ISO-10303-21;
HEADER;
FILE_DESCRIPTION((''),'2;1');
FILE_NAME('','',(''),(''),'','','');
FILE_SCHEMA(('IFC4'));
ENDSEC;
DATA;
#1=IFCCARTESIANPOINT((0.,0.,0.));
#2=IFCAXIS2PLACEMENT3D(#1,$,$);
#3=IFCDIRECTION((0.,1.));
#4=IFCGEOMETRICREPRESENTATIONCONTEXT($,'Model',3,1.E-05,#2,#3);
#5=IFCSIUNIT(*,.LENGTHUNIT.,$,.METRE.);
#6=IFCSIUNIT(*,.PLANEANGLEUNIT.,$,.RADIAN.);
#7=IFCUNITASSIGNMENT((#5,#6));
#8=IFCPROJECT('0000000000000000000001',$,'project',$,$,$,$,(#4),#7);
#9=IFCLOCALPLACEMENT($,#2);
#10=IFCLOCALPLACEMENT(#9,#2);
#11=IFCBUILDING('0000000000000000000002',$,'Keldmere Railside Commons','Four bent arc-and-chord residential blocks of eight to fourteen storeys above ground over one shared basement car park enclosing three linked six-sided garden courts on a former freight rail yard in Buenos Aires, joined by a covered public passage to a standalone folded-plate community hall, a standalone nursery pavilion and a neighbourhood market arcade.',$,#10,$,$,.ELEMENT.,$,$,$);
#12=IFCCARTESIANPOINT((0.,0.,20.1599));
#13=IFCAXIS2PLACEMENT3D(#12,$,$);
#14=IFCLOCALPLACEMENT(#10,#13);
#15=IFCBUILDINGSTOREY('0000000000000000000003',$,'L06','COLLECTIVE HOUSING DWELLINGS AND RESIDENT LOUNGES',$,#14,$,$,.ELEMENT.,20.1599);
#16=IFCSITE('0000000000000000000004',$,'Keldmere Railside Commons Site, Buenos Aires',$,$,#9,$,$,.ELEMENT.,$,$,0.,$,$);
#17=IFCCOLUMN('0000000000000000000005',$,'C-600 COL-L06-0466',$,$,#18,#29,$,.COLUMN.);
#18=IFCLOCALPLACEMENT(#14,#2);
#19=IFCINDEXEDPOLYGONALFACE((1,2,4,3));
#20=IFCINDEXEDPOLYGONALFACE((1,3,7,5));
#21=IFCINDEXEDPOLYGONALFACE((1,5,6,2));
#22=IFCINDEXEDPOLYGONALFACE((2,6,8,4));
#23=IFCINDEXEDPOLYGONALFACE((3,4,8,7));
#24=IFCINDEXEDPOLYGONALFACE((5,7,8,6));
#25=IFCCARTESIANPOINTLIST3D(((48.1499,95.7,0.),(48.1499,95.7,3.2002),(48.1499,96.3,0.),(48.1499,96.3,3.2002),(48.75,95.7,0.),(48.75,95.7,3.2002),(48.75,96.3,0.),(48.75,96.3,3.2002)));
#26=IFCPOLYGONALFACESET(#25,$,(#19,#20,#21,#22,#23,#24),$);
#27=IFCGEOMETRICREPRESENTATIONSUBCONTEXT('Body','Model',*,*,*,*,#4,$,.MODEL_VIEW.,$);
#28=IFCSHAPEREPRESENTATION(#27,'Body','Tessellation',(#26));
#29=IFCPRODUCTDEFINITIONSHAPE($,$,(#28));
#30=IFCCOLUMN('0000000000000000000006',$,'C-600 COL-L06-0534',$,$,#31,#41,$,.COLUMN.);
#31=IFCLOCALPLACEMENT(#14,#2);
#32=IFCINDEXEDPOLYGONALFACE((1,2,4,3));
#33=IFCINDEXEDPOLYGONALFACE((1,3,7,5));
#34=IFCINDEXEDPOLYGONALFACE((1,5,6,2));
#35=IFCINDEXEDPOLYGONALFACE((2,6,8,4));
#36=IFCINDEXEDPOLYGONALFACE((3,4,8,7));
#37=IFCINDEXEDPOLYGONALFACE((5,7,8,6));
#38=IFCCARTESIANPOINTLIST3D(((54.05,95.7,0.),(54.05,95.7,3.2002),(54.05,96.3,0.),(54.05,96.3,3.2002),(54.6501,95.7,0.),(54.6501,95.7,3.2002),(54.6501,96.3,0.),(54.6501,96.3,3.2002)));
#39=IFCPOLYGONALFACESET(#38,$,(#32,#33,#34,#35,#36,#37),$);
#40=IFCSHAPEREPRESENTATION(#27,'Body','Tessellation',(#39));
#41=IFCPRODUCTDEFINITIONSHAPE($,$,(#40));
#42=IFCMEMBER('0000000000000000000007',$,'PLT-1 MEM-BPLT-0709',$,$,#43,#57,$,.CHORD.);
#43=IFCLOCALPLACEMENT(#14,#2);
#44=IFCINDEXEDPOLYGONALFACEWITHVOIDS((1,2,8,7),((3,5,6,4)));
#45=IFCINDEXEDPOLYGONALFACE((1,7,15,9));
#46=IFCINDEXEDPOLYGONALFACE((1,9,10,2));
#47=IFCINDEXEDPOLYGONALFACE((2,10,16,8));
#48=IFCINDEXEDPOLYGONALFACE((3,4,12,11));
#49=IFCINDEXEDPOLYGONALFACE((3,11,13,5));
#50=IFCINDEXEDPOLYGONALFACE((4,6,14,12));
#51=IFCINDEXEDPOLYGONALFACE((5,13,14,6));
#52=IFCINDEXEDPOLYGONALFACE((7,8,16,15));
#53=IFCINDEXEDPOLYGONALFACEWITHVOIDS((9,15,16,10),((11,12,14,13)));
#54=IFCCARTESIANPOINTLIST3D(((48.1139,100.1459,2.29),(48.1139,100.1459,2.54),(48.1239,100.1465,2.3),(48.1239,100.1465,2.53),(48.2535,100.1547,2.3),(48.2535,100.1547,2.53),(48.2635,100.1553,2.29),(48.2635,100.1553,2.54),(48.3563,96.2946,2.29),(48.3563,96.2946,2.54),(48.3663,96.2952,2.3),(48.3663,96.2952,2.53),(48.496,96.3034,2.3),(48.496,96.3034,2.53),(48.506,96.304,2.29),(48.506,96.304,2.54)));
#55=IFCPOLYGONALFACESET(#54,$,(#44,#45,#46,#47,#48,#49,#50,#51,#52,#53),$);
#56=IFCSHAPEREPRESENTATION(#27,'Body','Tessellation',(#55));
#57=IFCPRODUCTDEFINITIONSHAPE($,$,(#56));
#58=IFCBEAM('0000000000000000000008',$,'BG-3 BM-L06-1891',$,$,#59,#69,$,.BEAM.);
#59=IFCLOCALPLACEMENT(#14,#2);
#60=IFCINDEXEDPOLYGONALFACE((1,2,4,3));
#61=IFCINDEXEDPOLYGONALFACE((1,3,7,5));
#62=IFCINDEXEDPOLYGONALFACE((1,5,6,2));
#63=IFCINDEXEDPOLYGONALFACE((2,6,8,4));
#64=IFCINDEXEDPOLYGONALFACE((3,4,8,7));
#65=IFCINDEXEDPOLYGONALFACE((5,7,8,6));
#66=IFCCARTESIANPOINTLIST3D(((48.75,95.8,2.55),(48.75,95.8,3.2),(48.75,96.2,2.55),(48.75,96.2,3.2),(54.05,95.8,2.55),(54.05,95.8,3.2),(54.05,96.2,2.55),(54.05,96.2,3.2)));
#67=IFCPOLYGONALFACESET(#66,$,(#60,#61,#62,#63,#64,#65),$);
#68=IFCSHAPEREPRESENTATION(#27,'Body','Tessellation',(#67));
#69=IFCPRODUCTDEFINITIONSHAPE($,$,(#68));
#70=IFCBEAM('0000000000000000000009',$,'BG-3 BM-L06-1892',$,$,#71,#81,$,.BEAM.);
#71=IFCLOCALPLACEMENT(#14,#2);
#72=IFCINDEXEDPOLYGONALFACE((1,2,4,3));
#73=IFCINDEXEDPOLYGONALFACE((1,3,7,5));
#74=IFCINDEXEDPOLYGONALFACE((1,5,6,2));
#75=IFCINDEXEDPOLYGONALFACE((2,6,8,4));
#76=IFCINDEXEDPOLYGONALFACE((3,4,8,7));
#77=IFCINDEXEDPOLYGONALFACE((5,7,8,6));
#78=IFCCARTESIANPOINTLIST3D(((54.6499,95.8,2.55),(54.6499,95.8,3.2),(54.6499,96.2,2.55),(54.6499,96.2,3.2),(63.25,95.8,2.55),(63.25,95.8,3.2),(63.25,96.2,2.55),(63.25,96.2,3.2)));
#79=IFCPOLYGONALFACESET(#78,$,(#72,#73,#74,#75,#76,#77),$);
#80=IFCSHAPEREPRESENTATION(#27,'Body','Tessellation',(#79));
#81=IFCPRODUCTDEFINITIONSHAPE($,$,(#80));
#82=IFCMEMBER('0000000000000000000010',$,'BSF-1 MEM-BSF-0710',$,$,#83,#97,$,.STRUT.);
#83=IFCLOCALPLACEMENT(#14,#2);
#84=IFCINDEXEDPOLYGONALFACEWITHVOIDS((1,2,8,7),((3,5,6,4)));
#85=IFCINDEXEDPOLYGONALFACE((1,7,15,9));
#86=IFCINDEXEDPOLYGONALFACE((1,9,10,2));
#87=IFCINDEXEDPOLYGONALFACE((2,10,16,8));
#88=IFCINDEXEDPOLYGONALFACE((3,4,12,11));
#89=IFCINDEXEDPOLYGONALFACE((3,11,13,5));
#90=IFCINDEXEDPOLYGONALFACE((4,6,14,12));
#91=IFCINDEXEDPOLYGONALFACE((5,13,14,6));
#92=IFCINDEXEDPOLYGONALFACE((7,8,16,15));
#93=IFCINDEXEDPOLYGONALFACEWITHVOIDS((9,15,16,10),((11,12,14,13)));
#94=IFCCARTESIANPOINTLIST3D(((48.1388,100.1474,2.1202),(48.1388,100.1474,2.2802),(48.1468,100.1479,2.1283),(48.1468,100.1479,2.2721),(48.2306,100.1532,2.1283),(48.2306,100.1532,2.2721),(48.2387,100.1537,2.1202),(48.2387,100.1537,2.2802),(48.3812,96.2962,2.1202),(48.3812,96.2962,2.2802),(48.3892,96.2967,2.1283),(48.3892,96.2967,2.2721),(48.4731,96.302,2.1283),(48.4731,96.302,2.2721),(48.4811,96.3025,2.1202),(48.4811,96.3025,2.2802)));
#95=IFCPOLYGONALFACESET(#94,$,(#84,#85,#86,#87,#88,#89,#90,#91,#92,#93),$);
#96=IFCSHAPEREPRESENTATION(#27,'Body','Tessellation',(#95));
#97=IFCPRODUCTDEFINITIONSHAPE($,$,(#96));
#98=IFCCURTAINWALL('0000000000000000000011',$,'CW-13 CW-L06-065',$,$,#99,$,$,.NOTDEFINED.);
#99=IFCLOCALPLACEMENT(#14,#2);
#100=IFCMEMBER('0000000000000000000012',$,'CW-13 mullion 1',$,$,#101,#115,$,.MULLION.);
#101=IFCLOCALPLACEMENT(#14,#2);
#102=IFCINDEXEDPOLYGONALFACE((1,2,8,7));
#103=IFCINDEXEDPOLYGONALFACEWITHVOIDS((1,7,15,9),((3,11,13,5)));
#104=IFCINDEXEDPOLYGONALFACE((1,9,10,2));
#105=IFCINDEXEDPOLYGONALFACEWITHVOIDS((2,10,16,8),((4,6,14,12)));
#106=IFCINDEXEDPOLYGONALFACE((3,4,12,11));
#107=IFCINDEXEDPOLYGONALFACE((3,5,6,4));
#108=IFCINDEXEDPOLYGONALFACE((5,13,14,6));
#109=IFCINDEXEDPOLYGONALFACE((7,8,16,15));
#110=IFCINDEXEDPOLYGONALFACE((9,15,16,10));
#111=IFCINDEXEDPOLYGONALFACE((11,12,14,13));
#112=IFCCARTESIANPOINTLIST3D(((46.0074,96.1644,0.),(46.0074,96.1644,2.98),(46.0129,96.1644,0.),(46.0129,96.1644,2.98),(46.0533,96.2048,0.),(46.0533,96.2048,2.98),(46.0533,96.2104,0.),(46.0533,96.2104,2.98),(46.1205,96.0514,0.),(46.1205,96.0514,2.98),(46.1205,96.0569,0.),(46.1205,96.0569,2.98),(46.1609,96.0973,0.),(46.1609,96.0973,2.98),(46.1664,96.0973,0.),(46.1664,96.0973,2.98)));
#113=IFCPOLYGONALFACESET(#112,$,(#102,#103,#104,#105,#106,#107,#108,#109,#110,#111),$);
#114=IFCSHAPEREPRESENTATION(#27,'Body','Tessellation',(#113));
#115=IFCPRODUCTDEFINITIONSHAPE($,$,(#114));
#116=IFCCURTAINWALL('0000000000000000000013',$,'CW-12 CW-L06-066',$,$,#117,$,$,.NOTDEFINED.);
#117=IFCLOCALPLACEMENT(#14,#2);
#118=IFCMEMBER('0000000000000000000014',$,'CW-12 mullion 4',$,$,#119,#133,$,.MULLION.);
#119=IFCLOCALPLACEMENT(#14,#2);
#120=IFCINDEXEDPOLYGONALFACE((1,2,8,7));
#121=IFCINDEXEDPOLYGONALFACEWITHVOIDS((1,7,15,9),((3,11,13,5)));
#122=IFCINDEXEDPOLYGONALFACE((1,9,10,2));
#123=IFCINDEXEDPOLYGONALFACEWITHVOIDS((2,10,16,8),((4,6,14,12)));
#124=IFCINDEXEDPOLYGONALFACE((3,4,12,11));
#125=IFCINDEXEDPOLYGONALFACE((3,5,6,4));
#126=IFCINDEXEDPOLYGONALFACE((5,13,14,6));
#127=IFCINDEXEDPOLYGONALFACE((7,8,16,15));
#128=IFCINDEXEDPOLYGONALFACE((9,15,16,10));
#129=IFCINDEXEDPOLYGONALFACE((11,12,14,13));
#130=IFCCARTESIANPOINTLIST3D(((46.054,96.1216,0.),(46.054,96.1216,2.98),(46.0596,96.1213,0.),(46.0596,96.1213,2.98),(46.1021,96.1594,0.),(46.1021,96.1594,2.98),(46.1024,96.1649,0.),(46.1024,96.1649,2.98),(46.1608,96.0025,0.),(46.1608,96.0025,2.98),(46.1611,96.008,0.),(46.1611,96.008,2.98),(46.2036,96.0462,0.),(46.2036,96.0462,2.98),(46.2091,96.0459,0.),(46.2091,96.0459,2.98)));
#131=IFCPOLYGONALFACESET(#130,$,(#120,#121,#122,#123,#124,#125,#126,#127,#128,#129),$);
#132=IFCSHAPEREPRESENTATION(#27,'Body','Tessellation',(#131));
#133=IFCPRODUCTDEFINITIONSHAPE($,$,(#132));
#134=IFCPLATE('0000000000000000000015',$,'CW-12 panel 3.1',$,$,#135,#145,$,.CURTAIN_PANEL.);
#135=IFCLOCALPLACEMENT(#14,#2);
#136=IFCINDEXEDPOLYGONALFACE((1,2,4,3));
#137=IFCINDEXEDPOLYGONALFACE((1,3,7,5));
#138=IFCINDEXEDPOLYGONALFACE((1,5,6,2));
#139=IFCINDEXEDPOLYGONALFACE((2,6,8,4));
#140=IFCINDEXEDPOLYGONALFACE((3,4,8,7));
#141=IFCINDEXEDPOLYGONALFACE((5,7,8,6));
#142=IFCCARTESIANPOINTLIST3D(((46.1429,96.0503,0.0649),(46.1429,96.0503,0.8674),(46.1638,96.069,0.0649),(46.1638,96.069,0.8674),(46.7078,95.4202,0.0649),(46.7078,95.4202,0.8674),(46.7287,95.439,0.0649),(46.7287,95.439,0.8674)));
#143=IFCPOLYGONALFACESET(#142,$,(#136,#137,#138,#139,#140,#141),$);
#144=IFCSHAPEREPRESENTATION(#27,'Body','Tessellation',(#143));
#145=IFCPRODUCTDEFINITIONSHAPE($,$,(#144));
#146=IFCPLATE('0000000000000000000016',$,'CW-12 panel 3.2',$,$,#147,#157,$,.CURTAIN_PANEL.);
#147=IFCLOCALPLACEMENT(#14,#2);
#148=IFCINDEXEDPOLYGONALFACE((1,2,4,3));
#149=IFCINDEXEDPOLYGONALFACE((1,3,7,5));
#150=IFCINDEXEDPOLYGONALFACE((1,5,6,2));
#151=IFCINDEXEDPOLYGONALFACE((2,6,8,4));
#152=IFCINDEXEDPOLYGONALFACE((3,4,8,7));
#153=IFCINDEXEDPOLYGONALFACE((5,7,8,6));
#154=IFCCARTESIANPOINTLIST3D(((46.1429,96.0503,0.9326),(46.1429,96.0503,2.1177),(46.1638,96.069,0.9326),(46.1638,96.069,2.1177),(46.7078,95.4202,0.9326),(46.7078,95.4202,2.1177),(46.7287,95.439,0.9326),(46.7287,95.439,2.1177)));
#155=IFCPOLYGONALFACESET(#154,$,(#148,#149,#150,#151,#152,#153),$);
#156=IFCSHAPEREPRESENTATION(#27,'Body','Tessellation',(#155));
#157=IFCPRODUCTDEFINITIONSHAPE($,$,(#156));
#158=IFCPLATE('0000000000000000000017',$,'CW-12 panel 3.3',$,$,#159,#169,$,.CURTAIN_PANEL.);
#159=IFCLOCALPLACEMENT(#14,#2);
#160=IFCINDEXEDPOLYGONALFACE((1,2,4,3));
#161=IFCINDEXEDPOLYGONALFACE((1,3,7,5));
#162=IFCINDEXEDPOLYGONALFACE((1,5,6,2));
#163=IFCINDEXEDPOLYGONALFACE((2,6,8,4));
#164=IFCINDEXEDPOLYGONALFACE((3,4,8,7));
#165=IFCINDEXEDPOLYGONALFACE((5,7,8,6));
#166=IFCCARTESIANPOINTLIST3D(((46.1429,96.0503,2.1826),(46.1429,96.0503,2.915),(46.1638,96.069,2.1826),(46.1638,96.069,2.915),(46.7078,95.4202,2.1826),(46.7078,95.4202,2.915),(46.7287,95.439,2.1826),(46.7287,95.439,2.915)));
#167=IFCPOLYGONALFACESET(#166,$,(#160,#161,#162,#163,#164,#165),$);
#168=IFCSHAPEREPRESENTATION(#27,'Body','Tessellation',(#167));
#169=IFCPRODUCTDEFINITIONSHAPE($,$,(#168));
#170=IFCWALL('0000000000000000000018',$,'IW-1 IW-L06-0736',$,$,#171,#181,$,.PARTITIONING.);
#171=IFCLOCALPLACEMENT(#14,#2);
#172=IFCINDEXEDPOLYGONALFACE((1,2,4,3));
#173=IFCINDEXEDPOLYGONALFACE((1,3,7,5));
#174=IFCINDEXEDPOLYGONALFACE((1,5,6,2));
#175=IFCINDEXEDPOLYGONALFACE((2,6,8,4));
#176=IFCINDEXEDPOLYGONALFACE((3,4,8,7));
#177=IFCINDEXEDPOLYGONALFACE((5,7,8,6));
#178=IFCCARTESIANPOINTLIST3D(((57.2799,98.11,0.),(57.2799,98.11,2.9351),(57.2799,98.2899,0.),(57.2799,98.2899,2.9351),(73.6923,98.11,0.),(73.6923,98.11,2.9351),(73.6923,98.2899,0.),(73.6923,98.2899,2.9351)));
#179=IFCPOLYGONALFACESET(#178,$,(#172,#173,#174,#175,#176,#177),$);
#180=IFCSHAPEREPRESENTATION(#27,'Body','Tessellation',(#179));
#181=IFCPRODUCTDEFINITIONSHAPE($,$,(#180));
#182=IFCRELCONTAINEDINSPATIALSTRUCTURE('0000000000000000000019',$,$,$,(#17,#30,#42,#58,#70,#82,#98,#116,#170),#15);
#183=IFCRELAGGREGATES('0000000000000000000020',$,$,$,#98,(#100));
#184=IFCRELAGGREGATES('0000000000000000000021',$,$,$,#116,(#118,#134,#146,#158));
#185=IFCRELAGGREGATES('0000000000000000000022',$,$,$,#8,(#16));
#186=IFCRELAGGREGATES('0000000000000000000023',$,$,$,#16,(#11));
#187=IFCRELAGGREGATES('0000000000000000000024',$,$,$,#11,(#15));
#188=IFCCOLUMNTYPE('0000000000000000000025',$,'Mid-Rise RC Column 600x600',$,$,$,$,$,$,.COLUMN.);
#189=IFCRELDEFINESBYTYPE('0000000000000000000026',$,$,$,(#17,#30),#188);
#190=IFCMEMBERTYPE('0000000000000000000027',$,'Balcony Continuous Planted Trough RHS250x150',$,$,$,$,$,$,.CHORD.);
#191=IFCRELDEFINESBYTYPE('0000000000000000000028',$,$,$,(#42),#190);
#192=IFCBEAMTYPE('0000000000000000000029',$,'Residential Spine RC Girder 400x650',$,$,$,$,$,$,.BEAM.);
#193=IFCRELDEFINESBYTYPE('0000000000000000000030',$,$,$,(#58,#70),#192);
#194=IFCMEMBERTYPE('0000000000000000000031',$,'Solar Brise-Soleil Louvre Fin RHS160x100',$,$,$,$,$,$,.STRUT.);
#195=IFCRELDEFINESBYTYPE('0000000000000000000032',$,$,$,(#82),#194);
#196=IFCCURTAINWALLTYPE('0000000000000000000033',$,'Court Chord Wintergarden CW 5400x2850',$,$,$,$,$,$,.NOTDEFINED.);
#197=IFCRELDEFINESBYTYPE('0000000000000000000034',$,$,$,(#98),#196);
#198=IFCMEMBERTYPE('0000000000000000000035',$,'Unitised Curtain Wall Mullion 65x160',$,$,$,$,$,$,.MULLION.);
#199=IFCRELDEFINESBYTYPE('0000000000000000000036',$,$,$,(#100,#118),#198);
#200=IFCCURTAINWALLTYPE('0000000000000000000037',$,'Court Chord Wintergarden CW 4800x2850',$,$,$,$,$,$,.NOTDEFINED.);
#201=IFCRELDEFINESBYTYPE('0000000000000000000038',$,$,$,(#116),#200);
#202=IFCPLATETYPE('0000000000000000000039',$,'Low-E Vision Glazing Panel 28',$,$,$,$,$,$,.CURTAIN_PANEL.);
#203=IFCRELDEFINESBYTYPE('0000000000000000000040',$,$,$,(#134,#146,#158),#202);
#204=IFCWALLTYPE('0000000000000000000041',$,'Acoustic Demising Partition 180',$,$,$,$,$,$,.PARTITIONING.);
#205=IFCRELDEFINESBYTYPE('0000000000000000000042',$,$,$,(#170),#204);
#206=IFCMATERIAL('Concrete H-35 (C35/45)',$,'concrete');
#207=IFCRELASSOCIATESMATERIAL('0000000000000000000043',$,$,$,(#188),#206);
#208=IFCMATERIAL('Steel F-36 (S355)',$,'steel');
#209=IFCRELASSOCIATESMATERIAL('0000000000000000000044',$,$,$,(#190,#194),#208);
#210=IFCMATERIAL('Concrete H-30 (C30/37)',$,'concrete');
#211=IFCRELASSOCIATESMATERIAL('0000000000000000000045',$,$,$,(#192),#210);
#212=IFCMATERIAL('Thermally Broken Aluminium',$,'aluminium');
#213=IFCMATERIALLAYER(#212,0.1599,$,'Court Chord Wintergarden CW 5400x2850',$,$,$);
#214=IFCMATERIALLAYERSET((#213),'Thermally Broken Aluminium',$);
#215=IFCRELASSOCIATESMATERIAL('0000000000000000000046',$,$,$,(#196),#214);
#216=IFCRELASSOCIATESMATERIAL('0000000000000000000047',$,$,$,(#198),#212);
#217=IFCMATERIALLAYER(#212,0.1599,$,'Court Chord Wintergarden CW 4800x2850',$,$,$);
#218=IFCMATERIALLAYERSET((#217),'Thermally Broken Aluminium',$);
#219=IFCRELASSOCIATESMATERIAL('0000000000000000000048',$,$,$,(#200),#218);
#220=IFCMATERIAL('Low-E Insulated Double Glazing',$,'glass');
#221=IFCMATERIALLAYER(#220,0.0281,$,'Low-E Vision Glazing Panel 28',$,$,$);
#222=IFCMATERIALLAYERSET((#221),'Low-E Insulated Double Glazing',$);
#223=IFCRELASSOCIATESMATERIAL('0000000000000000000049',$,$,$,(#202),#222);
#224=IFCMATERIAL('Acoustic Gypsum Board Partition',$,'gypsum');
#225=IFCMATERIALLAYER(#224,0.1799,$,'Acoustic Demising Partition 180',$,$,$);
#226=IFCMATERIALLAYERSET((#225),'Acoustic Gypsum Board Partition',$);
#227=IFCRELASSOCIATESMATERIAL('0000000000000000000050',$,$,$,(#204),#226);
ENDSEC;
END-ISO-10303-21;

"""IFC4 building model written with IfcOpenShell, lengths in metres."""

from ifc_helpers import new_model, si_unit, direction, frame, frame_2d, origin, origin_2d, place, context, subcontext, project, spatial, rectangle, hollow_rectangle, extrude, material, layer, layer_set, material_profile, profile_set, type_object, element, aggregate, save


model = new_model("IFC4")

# Units and contexts
model_context = context("Model", 3, precision=1e-05, world=origin(), true_north=direction((0.0, 1.0)))
body_context = subcontext(model_context, "Body", "Model", "MODEL_VIEW")
ifc_project = project(units=[si_unit("LENGTHUNIT", "METRE"), si_unit("PLANEANGLEUNIT", "RADIAN")], contexts=[model_context])

# Site, building, storey
site_placement = place(None, origin())
site = spatial("IfcSite", under=ifc_project, at=site_placement, Name="Keldmere Railside Commons Site, Buenos Aires", CompositionType="ELEMENT", RefElevation=0.0)
building_placement = place(site_placement, origin())
building = spatial("IfcBuilding", under=site, at=building_placement, Name="Keldmere Railside Commons", Description="Four bent arc-and-chord residential blocks of eight to fourteen storeys above ground over one shared basement car park enclosing three linked six-sided garden courts on a former freight rail yard in Buenos Aires, joined by a covered public passage to a standalone folded-plate community hall, a standalone nursery pavilion and a neighbourhood market arcade.", CompositionType="ELEMENT")
storey_placement = place(building_placement, frame((0.0, 0.0, 20.1599)))
storey = spatial("IfcBuildingStorey", under=building, at=storey_placement, Name="L06", Description="COLLECTIVE HOUSING DWELLINGS AND RESIDENT LOUNGES", CompositionType="ELEMENT", Elevation=20.1599)

# Columns
ifc_material_1 = material(Name="Concrete H-35 (C35/45)", Category="concrete")
ifc_material_profile_1 = material_profile(ifc_material_1, rectangle(XDim=0.6001, YDim=0.6001, at=origin_2d()), Name="RC-600x600")
ifc_profile_set_1 = profile_set([ifc_material_profile_1], Name="Concrete H-35 (C35/45)")
column_type = type_object("IfcColumnType", Name="Mid-Rise RC Column 600x600", PredefinedType="COLUMN", material=ifc_profile_set_1)
for number, where, z_axis, x_axis, name in (
    (1, (48.45, 96.0, 0.0), (0.0, 0.0, 1.0), (1.0, 0.0, 0.0), "C-600 COL-L06-0466"),
    (2, (54.3501, 96.0, 0.0), (0.0, 0.0, 1.0), (1.0, 0.0, 0.0), "C-600 COL-L06-0534"),
):
    element("IfcColumn", number, at=place(storey_placement, frame(where, z_axis=z_axis, x_axis=x_axis)), inside=storey, type_object=column_type, Name=name, PredefinedType="COLUMN", context=body_context, shape_type="SweptSolid", body=[
        extrude(rectangle(XDim=0.6001, YDim=0.6001, at=origin_2d()), origin(), (0.0, 0.0, 1.0), 3.2002),
    ])

# Member
ifc_material_2 = material(Name="Steel F-36 (S355)", Category="steel")
ifc_material_profile_2 = material_profile(ifc_material_2, hollow_rectangle(XDim=0.1499, YDim=0.25, WallThickness=0.01, at=origin_2d()), Name="RHS-250x150x10")
ifc_profile_set_2 = profile_set([ifc_material_profile_2], Name="Steel F-36 (S355)")
member_type_1 = type_object("IfcMemberType", Name="Balcony Continuous Planted Trough RHS250x150", PredefinedType="CHORD", material=ifc_profile_set_2)
member_1_placement = place(storey_placement, frame((48.4312, 96.2993, 2.415), z_axis=(-0.062823, 0.998025, 0.0), x_axis=(-0.998025, -0.062823, 0.0)))
element("IfcMember", 3, at=member_1_placement, inside=storey, type_object=member_type_1, Name="PLT-1 MEM-BPLT-0709", PredefinedType="CHORD", context=body_context, shape_type="SweptSolid", body=[
    extrude(hollow_rectangle(XDim=0.1499, YDim=0.25, WallThickness=0.01, at=origin_2d()), origin(), (0.0, 0.0, 1.0), 3.8589),
])

# Beams
ifc_material_3 = material(Name="Concrete H-30 (C30/37)", Category="concrete")
ifc_material_profile_3 = material_profile(ifc_material_3, rectangle(XDim=0.3999, YDim=0.6499, at=origin_2d()), Name="RC-400x650")
ifc_profile_set_3 = profile_set([ifc_material_profile_3], Name="Concrete H-30 (C30/37)")
beam_type = type_object("IfcBeamType", Name="Residential Spine RC Girder 400x650", PredefinedType="BEAM", material=ifc_profile_set_3)
beam_1_placement = place(storey_placement, frame((48.75, 96.0, 2.875), z_axis=(1.0, 0.0, 0.0), x_axis=(0.0, 1.0, 0.0)))
element("IfcBeam", 4, at=beam_1_placement, inside=storey, type_object=beam_type, Name="BG-3 BM-L06-1891", PredefinedType="BEAM", context=body_context, shape_type="SweptSolid", body=[
    extrude(rectangle(XDim=0.3999, YDim=0.6499, at=origin_2d()), origin(), (0.0, 0.0, 1.0), 5.3),
])
beam_2_placement = place(storey_placement, frame((54.6499, 96.0, 2.875), z_axis=(1.0, 0.0, 0.0), x_axis=(0.0, 1.0, 0.0)))
element("IfcBeam", 5, at=beam_2_placement, inside=storey, type_object=beam_type, Name="BG-3 BM-L06-1892", PredefinedType="BEAM", context=body_context, shape_type="SweptSolid", body=[
    extrude(rectangle(XDim=0.3999, YDim=0.6499, at=origin_2d()), origin(), (0.0, 0.0, 1.0), 8.6001),
])

# Member
ifc_material_profile_4 = material_profile(ifc_material_2, hollow_rectangle(XDim=0.1001, YDim=0.1599, WallThickness=0.0081, at=origin_2d()), Name="RHS-160x100x8")
ifc_profile_set_4 = profile_set([ifc_material_profile_4], Name="Steel F-36 (S355)")
member_type_2 = type_object("IfcMemberType", Name="Solar Brise-Soleil Louvre Fin RHS160x100", PredefinedType="STRUT", material=ifc_profile_set_4)
member_2_placement = place(storey_placement, frame((48.4312, 96.2993, 2.2002), z_axis=(-0.062823, 0.998025, 0.0), x_axis=(-0.998025, -0.062823, 0.0)))
element("IfcMember", 6, at=member_2_placement, inside=storey, type_object=member_type_2, Name="BSF-1 MEM-BSF-0710", PredefinedType="STRUT", context=body_context, shape_type="SweptSolid", body=[
    extrude(hollow_rectangle(XDim=0.1001, YDim=0.1599, WallThickness=0.0081, at=origin_2d()), origin(), (0.0, 0.0, 1.0), 3.8589),
])

# Curtain wall, member
ifc_material_4 = material(Name="Thermally Broken Aluminium", Category="aluminium")
ifc_layer_1 = layer(ifc_material_4, 0.1599, Name="Court Chord Wintergarden CW 5400x2850")
ifc_layer_set_1 = layer_set([ifc_layer_1], Name="Thermally Broken Aluminium")
curtain_wall_type_1 = type_object("IfcCurtainWallType", Name="Court Chord Wintergarden CW 5400x2850", PredefinedType="NOTDEFINED", material=ifc_layer_set_1)
curtain_wall_1_placement = place(storey_placement, origin())
curtain_wall_1 = element("IfcCurtainWall", 7, at=curtain_wall_1_placement, inside=storey, type_object=curtain_wall_type_1, Name="CW-13 CW-L06-065", PredefinedType="NOTDEFINED")
ifc_material_profile_5 = material_profile(ifc_material_4, hollow_rectangle(XDim=0.0649, YDim=0.1599, WallThickness=0.0039, at=origin_2d()), Name="ALU-MULL-65x160")
ifc_profile_set_5 = profile_set([ifc_material_profile_5], Name="Thermally Broken Aluminium")
member_type_3 = type_object("IfcMemberType", Name="Unitised Curtain Wall Mullion 65x160", PredefinedType="MULLION", material=ifc_profile_set_5)
member_3_placement = place(storey_placement, frame((46.0869, 96.1309, 0.0), z_axis=(0.0, 0.0, 1.0), x_axis=(-0.707107, -0.707107, 0.0)))
member_3 = element("IfcMember", 8, at=member_3_placement, type_object=member_type_3, Name="CW-13 mullion 1", PredefinedType="MULLION", context=body_context, shape_type="SweptSolid", body=[
    extrude(hollow_rectangle(XDim=0.0649, YDim=0.1599, WallThickness=0.0039, at=origin_2d()), origin(), (0.0, 0.0, 1.0), 2.98),
])
aggregate(curtain_wall_1, [member_3])

# Curtain wall, member, plates
ifc_layer_2 = layer(ifc_material_4, 0.1599, Name="Court Chord Wintergarden CW 4800x2850")
ifc_layer_set_2 = layer_set([ifc_layer_2], Name="Thermally Broken Aluminium")
curtain_wall_type_2 = type_object("IfcCurtainWallType", Name="Court Chord Wintergarden CW 4800x2850", PredefinedType="NOTDEFINED", material=ifc_layer_set_2)
curtain_wall_2_placement = place(storey_placement, origin())
curtain_wall_2 = element("IfcCurtainWall", 9, at=curtain_wall_2_placement, inside=storey, type_object=curtain_wall_type_2, Name="CW-12 CW-L06-066", PredefinedType="NOTDEFINED")
member_4_placement = place(storey_placement, frame((46.1316, 96.0837, 0.0), z_axis=(0.0, 0.0, 1.0), x_axis=(-0.744557, -0.667559, 0.0)))
member_4 = element("IfcMember", 10, at=member_4_placement, type_object=member_type_3, Name="CW-12 mullion 4", PredefinedType="MULLION", context=body_context, shape_type="SweptSolid", body=[
    extrude(hollow_rectangle(XDim=0.0649, YDim=0.1599, WallThickness=0.0039, at=origin_2d()), origin(), (0.0, 0.0, 1.0), 2.98),
])
ifc_material_5 = material(Name="Low-E Insulated Double Glazing", Category="glass")
ifc_layer_3 = layer(ifc_material_5, 0.0281, Name="Low-E Vision Glazing Panel 28")
ifc_layer_set_3 = layer_set([ifc_layer_3], Name="Low-E Insulated Double Glazing")
plate_type = type_object("IfcPlateType", Name="Low-E Vision Glazing Panel 28", PredefinedType="CURTAIN_PANEL", material=ifc_layer_set_3)
plate_1_placement = place(storey_placement, frame((46.4358, 95.7446, 0.0649), z_axis=(0.0, 0.0, 1.0), x_axis=(-0.667559, 0.744557, 0.0)))
plate_1 = element("IfcPlate", 11, at=plate_1_placement, type_object=plate_type, Name="CW-12 panel 3.1", PredefinedType="CURTAIN_PANEL", context=body_context, shape_type="SweptSolid", body=[
    extrude(rectangle(XDim=0.8462, YDim=0.0281, at=origin_2d()), origin(), (0.0, 0.0, 1.0), 0.8025),
])
plate_2_placement = place(storey_placement, frame((46.4358, 95.7446, 0.9326), z_axis=(0.0, 0.0, 1.0), x_axis=(-0.667559, 0.744557, 0.0)))
plate_2 = element("IfcPlate", 12, at=plate_2_placement, type_object=plate_type, Name="CW-12 panel 3.2", PredefinedType="CURTAIN_PANEL", context=body_context, shape_type="SweptSolid", body=[
    extrude(rectangle(XDim=0.8462, YDim=0.0281, at=origin_2d()), origin(), (0.0, 0.0, 1.0), 1.1851),
])
plate_3_placement = place(storey_placement, frame((46.4358, 95.7446, 2.1826), z_axis=(0.0, 0.0, 1.0), x_axis=(-0.667559, 0.744557, 0.0)))
plate_3 = element("IfcPlate", 13, at=plate_3_placement, type_object=plate_type, Name="CW-12 panel 3.3", PredefinedType="CURTAIN_PANEL", context=body_context, shape_type="SweptSolid", body=[
    extrude(rectangle(XDim=0.8462, YDim=0.0281, at=origin_2d()), origin(), (0.0, 0.0, 1.0), 0.7324),
])
aggregate(curtain_wall_2, [member_4, plate_1, plate_2, plate_3])

# Wall
ifc_material_6 = material(Name="Acoustic Gypsum Board Partition", Category="gypsum")
ifc_layer_4 = layer(ifc_material_6, 0.1799, Name="Acoustic Demising Partition 180")
ifc_layer_set_4 = layer_set([ifc_layer_4], Name="Acoustic Gypsum Board Partition")
wall_type_1 = type_object("IfcWallType", Name="Acoustic Demising Partition 180", PredefinedType="PARTITIONING", material=ifc_layer_set_4)
wall_1_placement = place(storey_placement, frame((57.28, 98.2, 0.0), z_axis=(0.0, 0.0, 1.0), x_axis=(1.0, 0.0, 0.0)))
element("IfcWall", 14, at=wall_1_placement, inside=storey, type_object=wall_type_1, Name="IW-1 IW-L06-0736", PredefinedType="PARTITIONING", context=body_context, shape_type="SweptSolid", body=[
    extrude(rectangle(XDim=16.4124, YDim=0.1799, at=frame_2d((8.2061, 0.0))), origin(), (0.0, 0.0, 1.0), 2.9351),
])

save(model, "model.ifc")
